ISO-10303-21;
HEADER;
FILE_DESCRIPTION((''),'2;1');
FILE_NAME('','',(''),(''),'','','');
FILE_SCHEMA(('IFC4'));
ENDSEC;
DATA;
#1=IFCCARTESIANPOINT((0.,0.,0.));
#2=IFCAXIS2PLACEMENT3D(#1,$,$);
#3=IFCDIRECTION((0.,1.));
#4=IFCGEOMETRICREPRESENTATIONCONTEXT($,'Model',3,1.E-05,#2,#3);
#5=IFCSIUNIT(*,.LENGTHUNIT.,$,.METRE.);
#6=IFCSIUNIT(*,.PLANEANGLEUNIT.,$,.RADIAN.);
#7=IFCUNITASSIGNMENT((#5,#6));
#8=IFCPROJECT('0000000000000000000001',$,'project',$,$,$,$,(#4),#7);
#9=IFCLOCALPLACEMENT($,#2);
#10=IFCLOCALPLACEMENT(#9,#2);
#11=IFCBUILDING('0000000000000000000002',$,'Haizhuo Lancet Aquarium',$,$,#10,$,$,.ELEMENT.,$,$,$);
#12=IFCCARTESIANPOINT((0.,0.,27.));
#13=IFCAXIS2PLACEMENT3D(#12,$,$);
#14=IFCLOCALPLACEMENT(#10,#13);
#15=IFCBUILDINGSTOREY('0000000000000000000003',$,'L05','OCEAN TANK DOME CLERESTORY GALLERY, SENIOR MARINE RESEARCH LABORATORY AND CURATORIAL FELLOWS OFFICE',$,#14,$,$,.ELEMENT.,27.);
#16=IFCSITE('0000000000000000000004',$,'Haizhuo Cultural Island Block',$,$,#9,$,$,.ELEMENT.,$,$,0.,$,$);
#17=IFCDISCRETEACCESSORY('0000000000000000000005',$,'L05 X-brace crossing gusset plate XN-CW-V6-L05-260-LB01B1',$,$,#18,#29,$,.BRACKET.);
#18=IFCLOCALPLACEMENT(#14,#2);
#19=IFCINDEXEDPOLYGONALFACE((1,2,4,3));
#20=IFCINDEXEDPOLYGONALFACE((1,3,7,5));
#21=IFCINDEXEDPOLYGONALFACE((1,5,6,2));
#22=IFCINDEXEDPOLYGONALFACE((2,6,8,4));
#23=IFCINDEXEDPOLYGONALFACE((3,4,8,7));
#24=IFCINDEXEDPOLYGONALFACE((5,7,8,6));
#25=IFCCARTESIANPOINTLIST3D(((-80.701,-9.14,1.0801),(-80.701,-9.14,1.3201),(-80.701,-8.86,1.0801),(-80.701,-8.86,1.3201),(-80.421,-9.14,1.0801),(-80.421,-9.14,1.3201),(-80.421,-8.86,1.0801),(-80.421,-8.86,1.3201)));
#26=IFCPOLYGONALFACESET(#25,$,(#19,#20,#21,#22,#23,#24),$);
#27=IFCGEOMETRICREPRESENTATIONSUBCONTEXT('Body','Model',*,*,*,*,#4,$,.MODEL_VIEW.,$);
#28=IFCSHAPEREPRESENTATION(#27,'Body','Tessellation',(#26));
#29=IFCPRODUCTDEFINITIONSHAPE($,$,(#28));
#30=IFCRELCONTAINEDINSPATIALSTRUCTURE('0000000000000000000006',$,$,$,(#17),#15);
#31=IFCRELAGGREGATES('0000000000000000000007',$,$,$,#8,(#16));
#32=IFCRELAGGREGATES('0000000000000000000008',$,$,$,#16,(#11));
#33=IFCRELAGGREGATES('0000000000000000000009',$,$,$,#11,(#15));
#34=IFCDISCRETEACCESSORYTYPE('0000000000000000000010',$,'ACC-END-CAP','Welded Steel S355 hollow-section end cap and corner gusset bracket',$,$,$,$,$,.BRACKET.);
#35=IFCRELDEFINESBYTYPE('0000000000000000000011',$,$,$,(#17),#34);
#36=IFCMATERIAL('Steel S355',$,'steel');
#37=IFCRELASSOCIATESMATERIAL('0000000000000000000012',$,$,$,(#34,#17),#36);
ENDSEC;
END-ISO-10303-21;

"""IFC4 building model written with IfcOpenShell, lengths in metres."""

from ifc_helpers import new_model, si_unit, direction, frame, origin, origin_2d, place, context, subcontext, project, spatial, rectangle, extrude, material, type_object, element, save


model = new_model("IFC4")

# Units and contexts
model_context = context("Model", 3, precision=1e-05, world=origin(), true_north=direction((0.0, 1.0)))
body_context = subcontext(model_context, "Body", "Model", "MODEL_VIEW")
ifc_project = project(units=[si_unit("LENGTHUNIT", "METRE"), si_unit("PLANEANGLEUNIT", "RADIAN")], contexts=[model_context])

# Site, building, storey
site_placement = place(None, origin())
site = spatial("IfcSite", under=ifc_project, at=site_placement, Name="Haizhuo Cultural Island Block", CompositionType="ELEMENT", RefElevation=0.0)
building_placement = place(site_placement, origin())
building = spatial("IfcBuilding", under=site, at=building_placement, Name="Haizhuo Lancet Aquarium", CompositionType="ELEMENT")
storey_placement = place(building_placement, frame((0.0, 0.0, 27.0)))
storey = spatial("IfcBuildingStorey", under=building, at=storey_placement, Name="L05", Description="OCEAN TANK DOME CLERESTORY GALLERY, SENIOR MARINE RESEARCH LABORATORY AND CURATORIAL FELLOWS OFFICE", CompositionType="ELEMENT", Elevation=27.0)

# Shared definitions
ifc_material_1 = material(Name="Steel S355", Category="steel")

# Discrete accessory
discrete_accessory_type = type_object("IfcDiscreteAccessoryType", Name="ACC-END-CAP", Description="Welded Steel S355 hollow-section end cap and corner gusset bracket", PredefinedType="BRACKET", material=ifc_material_1)
for number, where, z_axis, x_axis, name in (
    (1, (-80.561, -9.0, 1.0801), (0.0, 0.0, 1.0), (1.0, 0.0, 0.0), "L05 X-brace crossing gusset plate XN-CW-V6-L05-260-LB01B1"),
):
    element("IfcDiscreteAccessory", number, at=place(storey_placement, frame(where, z_axis=z_axis, x_axis=x_axis)), inside=storey, type_object=discrete_accessory_type, material=ifc_material_1, Name=name, PredefinedType="BRACKET", context=body_context, shape_type="SweptSolid", body=[
        extrude(rectangle(XDim=0.28, YDim=0.28, at=origin_2d()), origin(), (0.0, 0.0, 1.0), 0.24),
    ])

save(model, "model.ifc")
